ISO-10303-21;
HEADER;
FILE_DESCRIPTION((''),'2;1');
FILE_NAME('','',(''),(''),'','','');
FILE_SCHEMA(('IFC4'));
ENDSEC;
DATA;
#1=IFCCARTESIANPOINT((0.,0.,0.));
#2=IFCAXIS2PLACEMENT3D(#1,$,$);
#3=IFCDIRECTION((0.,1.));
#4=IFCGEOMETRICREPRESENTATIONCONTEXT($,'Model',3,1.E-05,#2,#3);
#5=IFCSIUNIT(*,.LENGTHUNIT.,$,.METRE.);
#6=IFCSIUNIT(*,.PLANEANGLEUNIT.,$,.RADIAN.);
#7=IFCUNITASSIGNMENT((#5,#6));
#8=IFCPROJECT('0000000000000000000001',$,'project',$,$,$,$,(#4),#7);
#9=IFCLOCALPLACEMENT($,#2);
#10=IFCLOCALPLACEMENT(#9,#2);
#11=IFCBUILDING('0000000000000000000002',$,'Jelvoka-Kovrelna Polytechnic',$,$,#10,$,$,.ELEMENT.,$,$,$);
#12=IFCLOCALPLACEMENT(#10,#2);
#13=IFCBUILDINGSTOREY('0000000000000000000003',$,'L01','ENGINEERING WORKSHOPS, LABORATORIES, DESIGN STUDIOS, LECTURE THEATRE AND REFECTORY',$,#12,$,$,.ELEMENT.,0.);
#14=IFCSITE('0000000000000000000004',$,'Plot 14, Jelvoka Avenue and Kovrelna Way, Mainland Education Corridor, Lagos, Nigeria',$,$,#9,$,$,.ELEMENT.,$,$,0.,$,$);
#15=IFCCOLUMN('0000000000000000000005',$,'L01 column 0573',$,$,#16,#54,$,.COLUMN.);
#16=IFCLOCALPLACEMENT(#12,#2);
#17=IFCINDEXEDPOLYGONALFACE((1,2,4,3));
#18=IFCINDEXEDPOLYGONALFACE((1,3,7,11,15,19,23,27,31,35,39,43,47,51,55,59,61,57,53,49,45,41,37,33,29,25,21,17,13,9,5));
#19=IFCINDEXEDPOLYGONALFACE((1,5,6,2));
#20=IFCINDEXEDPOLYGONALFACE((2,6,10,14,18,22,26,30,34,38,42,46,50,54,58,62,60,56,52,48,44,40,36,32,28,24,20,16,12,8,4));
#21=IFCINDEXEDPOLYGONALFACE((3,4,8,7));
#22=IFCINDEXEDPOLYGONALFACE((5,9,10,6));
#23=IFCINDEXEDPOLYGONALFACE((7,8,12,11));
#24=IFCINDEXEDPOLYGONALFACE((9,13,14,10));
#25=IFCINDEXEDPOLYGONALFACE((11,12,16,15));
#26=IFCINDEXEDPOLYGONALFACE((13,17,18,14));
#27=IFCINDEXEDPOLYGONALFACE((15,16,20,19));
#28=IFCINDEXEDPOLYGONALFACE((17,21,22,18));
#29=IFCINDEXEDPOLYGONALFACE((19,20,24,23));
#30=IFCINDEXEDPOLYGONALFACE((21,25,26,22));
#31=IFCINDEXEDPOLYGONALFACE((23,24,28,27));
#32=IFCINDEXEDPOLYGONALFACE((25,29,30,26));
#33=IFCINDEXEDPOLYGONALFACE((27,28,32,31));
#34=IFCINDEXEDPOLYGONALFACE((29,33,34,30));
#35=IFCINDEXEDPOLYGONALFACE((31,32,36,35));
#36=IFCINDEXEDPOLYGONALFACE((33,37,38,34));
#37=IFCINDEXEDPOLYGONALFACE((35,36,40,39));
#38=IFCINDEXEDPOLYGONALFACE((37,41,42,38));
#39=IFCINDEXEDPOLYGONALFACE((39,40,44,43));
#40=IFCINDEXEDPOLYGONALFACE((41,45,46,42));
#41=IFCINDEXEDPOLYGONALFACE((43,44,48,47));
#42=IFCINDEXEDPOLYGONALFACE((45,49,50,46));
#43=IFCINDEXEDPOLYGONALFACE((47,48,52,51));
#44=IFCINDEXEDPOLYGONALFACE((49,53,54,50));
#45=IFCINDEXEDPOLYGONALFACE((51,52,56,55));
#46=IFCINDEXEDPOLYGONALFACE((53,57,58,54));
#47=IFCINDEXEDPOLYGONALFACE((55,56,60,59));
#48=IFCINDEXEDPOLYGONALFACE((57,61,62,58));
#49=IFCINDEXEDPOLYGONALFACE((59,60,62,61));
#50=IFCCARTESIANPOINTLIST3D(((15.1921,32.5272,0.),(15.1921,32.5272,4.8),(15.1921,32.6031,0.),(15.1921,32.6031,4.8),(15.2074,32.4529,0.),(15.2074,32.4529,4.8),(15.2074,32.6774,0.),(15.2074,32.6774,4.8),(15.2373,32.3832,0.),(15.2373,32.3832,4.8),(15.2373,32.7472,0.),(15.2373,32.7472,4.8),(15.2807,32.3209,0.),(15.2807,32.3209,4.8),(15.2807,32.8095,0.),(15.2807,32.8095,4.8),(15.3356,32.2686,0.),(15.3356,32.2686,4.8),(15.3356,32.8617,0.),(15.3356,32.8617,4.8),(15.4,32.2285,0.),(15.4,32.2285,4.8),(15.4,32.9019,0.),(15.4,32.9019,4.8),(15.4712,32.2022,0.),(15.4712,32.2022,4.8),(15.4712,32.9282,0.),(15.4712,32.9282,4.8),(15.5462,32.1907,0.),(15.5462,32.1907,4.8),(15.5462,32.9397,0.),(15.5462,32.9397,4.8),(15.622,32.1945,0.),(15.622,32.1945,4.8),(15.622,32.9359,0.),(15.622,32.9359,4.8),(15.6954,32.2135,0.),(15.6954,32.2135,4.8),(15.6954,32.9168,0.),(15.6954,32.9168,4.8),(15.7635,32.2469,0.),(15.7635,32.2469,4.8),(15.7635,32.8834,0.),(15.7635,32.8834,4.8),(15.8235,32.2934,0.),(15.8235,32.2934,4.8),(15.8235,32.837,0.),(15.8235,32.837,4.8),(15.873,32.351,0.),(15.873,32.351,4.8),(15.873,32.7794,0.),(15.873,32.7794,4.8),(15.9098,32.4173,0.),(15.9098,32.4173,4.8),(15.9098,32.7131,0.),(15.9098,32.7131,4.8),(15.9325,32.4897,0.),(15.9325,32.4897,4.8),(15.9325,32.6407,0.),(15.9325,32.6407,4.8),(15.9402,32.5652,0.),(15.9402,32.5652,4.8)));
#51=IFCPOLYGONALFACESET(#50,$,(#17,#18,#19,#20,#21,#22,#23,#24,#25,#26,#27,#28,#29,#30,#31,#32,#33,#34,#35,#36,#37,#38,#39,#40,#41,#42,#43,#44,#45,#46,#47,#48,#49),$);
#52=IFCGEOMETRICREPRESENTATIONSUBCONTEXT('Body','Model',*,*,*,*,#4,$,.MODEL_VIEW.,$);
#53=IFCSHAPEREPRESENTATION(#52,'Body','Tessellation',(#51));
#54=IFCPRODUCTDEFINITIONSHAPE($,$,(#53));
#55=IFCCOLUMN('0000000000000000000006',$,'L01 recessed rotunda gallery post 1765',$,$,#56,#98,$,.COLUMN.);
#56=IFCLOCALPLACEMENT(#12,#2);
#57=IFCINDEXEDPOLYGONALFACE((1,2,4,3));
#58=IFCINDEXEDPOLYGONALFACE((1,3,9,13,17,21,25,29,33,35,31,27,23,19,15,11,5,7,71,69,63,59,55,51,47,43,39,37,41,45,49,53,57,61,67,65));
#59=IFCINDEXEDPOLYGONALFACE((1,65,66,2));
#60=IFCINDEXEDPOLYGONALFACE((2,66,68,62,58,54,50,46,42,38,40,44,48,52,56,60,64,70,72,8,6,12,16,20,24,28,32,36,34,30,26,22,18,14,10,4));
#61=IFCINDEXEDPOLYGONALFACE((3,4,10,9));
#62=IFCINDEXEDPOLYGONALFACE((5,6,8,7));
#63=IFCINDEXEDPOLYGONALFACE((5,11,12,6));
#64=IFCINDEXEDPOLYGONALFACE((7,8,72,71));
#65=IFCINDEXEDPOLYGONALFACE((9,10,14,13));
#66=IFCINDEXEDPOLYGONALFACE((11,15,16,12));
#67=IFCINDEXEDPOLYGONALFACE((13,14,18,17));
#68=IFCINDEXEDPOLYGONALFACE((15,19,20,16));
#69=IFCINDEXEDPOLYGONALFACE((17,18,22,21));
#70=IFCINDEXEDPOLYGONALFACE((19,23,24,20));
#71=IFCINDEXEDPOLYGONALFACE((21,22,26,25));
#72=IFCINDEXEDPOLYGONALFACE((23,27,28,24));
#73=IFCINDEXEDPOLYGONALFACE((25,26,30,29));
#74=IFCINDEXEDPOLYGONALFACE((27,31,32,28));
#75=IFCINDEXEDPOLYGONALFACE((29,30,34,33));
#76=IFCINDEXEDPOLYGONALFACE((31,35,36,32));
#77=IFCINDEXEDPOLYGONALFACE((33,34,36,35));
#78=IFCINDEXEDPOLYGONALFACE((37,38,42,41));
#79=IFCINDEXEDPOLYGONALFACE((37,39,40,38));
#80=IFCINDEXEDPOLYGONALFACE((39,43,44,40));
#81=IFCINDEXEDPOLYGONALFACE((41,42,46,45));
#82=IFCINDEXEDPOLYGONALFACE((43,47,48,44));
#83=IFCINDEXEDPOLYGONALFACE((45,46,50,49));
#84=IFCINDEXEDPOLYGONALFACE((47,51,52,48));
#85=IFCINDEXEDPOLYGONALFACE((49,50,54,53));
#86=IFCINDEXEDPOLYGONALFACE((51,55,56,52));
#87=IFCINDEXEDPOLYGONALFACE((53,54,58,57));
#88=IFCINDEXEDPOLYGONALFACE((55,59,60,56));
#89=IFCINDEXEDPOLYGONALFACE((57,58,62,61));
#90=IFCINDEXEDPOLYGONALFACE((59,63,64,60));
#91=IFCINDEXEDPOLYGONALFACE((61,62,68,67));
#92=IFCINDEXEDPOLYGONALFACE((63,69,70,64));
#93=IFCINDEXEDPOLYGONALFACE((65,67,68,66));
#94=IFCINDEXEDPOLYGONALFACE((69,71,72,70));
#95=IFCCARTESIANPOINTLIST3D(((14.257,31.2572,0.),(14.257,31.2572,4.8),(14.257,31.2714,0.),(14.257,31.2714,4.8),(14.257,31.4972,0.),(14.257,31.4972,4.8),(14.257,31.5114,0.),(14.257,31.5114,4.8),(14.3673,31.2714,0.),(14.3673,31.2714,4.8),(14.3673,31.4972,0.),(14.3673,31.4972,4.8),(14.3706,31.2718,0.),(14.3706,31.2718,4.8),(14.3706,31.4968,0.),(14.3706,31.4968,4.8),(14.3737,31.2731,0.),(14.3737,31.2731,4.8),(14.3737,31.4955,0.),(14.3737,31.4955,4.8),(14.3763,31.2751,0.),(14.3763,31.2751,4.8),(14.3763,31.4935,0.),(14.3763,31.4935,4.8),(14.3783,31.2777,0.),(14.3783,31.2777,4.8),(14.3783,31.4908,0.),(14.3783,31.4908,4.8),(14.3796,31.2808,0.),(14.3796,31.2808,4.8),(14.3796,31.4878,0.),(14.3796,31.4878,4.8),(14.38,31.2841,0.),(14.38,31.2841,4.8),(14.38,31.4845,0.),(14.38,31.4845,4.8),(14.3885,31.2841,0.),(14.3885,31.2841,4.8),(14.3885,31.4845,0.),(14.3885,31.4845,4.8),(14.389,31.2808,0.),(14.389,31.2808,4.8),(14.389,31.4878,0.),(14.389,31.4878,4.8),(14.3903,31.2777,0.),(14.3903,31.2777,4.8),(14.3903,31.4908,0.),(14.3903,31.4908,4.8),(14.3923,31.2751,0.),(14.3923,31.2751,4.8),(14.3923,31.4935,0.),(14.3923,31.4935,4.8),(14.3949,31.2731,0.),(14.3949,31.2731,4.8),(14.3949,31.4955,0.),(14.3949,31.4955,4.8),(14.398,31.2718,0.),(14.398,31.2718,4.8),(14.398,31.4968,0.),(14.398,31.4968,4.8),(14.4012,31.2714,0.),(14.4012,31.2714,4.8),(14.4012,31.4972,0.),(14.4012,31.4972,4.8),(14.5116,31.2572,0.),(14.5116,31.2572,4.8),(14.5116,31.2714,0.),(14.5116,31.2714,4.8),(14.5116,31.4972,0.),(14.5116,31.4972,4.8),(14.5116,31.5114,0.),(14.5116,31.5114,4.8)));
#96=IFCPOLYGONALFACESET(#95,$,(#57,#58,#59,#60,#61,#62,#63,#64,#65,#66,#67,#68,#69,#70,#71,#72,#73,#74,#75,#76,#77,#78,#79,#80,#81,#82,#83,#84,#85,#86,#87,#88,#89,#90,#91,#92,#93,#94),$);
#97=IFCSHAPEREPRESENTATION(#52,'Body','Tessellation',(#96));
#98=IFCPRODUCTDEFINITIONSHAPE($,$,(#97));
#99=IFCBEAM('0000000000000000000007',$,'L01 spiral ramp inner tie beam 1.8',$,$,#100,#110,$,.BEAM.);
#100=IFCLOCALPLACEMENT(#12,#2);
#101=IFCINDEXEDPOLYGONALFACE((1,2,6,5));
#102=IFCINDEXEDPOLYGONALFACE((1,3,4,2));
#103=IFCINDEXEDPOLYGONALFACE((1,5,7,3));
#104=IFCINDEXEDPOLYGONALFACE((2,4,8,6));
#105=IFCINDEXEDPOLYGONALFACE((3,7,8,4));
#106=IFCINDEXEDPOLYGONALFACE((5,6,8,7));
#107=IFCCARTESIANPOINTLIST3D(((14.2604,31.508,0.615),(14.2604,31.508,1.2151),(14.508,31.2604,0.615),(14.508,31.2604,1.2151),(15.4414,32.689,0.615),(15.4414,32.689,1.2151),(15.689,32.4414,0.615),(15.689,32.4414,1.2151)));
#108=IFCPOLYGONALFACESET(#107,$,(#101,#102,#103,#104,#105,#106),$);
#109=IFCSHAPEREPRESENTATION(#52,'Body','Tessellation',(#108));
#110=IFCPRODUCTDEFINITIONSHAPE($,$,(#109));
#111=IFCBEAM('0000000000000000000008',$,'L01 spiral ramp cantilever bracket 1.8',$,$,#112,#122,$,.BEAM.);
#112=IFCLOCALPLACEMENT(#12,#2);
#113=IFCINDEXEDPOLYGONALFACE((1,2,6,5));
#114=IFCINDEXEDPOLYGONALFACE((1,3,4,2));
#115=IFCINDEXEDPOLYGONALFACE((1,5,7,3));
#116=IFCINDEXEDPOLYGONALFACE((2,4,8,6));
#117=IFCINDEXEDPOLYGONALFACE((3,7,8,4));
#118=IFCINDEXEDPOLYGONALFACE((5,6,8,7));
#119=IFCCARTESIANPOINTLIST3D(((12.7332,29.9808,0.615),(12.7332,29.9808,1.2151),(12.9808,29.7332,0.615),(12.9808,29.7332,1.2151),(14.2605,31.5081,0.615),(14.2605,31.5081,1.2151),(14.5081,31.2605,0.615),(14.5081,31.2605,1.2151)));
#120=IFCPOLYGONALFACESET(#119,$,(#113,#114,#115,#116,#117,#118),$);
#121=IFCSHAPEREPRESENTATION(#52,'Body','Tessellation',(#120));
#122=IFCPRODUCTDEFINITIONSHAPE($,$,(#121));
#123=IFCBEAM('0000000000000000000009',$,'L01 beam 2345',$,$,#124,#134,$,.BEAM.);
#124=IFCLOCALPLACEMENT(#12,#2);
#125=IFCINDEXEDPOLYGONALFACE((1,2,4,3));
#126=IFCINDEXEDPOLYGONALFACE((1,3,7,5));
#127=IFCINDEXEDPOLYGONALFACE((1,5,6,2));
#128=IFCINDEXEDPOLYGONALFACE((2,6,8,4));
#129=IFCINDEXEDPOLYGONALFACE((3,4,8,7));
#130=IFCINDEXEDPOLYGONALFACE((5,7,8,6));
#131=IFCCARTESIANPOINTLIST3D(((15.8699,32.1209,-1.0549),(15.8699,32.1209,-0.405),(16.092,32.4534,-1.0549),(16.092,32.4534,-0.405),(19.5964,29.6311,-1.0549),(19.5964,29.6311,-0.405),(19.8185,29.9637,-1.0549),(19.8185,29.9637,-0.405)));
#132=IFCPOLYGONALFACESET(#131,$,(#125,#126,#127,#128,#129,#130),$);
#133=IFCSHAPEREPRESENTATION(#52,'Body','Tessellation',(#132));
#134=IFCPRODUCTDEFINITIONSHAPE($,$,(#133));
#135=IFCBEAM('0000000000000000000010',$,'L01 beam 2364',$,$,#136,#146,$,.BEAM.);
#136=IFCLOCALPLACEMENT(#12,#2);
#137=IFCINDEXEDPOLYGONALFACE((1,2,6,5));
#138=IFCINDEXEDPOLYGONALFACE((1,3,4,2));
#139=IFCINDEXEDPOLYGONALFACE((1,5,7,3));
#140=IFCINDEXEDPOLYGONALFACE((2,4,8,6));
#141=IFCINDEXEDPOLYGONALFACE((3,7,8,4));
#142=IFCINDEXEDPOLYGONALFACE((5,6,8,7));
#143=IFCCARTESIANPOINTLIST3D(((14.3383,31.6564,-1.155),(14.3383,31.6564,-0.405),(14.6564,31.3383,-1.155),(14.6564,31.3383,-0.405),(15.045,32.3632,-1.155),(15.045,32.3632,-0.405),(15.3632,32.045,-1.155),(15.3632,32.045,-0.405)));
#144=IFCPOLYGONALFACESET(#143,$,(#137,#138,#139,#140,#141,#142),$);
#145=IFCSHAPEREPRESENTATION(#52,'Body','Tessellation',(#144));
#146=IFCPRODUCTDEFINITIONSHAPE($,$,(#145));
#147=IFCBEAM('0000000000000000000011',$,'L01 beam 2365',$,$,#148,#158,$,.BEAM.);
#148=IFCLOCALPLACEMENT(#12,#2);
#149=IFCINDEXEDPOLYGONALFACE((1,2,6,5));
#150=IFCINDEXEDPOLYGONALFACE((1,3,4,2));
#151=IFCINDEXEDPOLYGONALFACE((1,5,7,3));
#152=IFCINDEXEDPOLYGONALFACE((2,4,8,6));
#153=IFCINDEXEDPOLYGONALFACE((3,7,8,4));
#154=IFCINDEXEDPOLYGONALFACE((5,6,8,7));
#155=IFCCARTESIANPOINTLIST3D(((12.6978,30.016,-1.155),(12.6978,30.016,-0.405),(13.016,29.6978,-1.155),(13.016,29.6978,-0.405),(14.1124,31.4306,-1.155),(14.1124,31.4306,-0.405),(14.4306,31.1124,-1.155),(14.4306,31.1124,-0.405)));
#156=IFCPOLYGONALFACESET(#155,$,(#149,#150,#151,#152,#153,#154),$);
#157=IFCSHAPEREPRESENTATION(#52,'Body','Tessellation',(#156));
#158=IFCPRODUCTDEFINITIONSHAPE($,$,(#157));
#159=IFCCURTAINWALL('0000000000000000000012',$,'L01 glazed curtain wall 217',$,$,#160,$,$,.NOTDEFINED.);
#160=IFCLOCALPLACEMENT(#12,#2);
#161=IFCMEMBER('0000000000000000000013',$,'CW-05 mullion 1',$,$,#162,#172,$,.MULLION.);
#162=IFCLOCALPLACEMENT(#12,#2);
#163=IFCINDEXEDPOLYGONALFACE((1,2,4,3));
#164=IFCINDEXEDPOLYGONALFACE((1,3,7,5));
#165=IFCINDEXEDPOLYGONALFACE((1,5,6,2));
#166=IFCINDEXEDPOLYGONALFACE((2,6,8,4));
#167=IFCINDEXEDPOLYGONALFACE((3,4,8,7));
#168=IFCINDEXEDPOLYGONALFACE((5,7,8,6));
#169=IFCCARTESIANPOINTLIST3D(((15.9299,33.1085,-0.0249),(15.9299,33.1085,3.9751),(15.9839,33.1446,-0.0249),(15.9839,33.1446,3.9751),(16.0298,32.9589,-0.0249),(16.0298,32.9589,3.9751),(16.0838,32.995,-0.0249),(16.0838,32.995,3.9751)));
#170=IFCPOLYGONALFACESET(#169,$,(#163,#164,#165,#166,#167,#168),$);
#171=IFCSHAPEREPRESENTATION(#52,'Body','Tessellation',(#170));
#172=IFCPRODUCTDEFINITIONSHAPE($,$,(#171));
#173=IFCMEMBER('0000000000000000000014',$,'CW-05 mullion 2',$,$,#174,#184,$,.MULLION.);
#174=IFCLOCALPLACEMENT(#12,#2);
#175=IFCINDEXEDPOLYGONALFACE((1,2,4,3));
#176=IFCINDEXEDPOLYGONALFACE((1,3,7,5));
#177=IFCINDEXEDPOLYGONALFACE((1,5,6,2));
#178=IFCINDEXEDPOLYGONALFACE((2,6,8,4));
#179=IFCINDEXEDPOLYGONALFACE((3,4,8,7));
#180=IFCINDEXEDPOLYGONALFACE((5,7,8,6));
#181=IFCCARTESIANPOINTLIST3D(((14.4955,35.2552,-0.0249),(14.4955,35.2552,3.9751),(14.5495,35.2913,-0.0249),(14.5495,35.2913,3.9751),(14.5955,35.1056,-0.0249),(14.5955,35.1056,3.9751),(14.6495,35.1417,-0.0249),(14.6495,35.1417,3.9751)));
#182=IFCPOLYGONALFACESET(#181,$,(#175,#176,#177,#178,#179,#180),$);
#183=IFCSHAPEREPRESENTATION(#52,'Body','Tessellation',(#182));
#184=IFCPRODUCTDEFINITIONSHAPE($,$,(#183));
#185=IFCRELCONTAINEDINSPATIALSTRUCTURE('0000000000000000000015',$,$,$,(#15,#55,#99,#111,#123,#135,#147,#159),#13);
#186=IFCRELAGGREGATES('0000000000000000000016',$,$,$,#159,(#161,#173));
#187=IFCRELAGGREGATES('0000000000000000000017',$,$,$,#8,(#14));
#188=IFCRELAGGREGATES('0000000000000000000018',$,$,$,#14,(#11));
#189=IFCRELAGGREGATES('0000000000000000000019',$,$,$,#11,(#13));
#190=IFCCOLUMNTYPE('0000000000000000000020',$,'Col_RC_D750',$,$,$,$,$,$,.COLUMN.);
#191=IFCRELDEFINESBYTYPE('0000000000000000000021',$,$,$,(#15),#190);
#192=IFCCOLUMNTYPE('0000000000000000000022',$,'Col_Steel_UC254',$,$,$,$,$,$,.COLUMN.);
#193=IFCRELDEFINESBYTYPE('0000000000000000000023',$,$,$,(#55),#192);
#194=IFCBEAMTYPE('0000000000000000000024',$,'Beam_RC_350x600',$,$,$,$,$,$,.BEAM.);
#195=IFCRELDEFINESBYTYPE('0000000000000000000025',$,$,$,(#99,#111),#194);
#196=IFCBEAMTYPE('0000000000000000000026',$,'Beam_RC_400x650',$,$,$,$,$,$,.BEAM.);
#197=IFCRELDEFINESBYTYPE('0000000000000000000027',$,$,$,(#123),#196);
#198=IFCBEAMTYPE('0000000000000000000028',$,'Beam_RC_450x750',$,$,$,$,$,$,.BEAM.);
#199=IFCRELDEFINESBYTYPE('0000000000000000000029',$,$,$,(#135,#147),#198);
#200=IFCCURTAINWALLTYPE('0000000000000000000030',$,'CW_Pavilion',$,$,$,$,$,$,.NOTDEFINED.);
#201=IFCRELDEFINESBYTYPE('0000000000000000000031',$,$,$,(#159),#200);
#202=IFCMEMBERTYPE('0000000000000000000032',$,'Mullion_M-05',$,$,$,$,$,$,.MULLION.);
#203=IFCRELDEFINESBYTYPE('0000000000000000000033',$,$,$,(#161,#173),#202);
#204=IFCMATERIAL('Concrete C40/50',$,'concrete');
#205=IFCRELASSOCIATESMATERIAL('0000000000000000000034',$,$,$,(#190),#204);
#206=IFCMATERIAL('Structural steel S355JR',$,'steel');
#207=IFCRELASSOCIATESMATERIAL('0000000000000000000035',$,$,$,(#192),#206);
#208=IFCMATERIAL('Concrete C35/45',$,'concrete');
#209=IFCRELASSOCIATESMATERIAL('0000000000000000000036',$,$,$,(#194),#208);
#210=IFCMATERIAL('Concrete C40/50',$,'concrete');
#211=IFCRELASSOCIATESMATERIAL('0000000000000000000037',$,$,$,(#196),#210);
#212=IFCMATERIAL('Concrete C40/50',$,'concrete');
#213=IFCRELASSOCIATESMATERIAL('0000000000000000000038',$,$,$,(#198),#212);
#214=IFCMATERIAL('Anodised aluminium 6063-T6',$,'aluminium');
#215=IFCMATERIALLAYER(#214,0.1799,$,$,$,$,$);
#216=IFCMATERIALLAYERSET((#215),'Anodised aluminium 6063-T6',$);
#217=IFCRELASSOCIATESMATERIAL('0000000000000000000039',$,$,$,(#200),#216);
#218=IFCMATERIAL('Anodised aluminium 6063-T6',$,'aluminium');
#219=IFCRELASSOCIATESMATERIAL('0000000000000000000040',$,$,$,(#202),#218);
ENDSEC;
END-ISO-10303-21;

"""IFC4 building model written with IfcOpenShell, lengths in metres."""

from ifc_helpers import new_model, si_unit, direction, frame, origin, origin_2d, place, context, subcontext, project, spatial, rectangle, circle, i_section, extrude, material, layer, layer_set, material_profile, profile_set, type_object, element, aggregate, save


model = new_model("IFC4")

# Units and contexts
model_context = context("Model", 3, precision=1e-05, world=origin(), true_north=direction((0.0, 1.0)))
body_context = subcontext(model_context, "Body", "Model", "MODEL_VIEW")
ifc_project = project(units=[si_unit("LENGTHUNIT", "METRE"), si_unit("PLANEANGLEUNIT", "RADIAN")], contexts=[model_context])

# Site, building, storey
site_placement = place(None, origin())
site = spatial("IfcSite", under=ifc_project, at=site_placement, Name="Plot 14, Jelvoka Avenue and Kovrelna Way, Mainland Education Corridor, Lagos, Nigeria", CompositionType="ELEMENT", RefElevation=0.0)
building_placement = place(site_placement, origin())
building = spatial("IfcBuilding", under=site, at=building_placement, Name="Jelvoka-Kovrelna Polytechnic", CompositionType="ELEMENT")
storey_placement = place(building_placement, origin())
storey = spatial("IfcBuildingStorey", under=building, at=storey_placement, Name="L01", Description="ENGINEERING WORKSHOPS, LABORATORIES, DESIGN STUDIOS, LECTURE THEATRE AND REFECTORY", CompositionType="ELEMENT", Elevation=0.0)

# Columns
ifc_material_1 = material(Name="Concrete C40/50", Category="concrete")
ifc_material_profile_1 = material_profile(ifc_material_1, circle(Radius=0.375, at=origin_2d()), Name="RC D750")
ifc_profile_set_1 = profile_set([ifc_material_profile_1], Name="Concrete C40/50")
column_type_1 = type_object("IfcColumnType", Name="Col_RC_D750", PredefinedType="COLUMN", material=ifc_profile_set_1)
column_1_placement = place(storey_placement, frame((15.5652, 32.5652, 0.0), z_axis=(0.0, 0.0, 1.0), x_axis=(1.0, 0.0, 0.0)))
element("IfcColumn", 1, at=column_1_placement, inside=storey, type_object=column_type_1, Name="L01 column 0573", PredefinedType="COLUMN", context=body_context, shape_type="SweptSolid", body=[
    extrude(circle(Radius=0.375, at=origin_2d()), origin(), (0.0, 0.0, 1.0), 4.8),
])
ifc_material_2 = material(Name="Structural steel S355JR", Category="steel")
ifc_material_profile_2 = material_profile(ifc_material_2, i_section(OverallWidth=0.2546, OverallDepth=0.2542, WebThickness=0.0085, FlangeThickness=0.0142, FilletRadius=0.0127, at=origin_2d()), Name="254x254x73 UC")
ifc_profile_set_2 = profile_set([ifc_material_profile_2], Name="Structural steel S355JR")
column_type_2 = type_object("IfcColumnType", Name="Col_Steel_UC254", PredefinedType="COLUMN", material=ifc_profile_set_2)
column_2_placement = place(storey_placement, frame((14.3843, 31.3843, 0.0), z_axis=(0.0, 0.0, 1.0), x_axis=(1.0, 0.0, 0.0)))
element("IfcColumn", 2, at=column_2_placement, inside=storey, type_object=column_type_2, Name="L01 recessed rotunda gallery post 1765", PredefinedType="COLUMN", context=body_context, shape_type="SweptSolid", body=[
    extrude(i_section(OverallWidth=0.2546, OverallDepth=0.2542, WebThickness=0.0085, FlangeThickness=0.0142, FilletRadius=0.0127, at=origin_2d()), origin(), (0.0, 0.0, 1.0), 4.8),
])

# Beams
ifc_material_3 = material(Name="Concrete C35/45", Category="concrete")
ifc_material_profile_3 = material_profile(ifc_material_3, rectangle(XDim=0.3501, YDim=0.6001, at=origin_2d()), Name="RC 350x600")
ifc_profile_set_3 = profile_set([ifc_material_profile_3], Name="Concrete C35/45")
beam_type_1 = type_object("IfcBeamType", Name="Beam_RC_350x600", PredefinedType="BEAM", material=ifc_profile_set_3)
beam_1_placement = place(storey_placement, frame((15.5652, 32.5652, 0.915), z_axis=(-0.707107, -0.707107, 0.0), x_axis=(0.707107, -0.707107, 0.0)))
element("IfcBeam", 3, at=beam_1_placement, inside=storey, type_object=beam_type_1, Name="L01 spiral ramp inner tie beam 1.8", PredefinedType="BEAM", context=body_context, shape_type="SweptSolid", body=[
    extrude(rectangle(XDim=0.3501, YDim=0.6001, at=origin_2d()), origin(), (0.0, 0.0, 1.0), 1.6702),
])
beam_2_placement = place(storey_placement, frame((14.3843, 31.3843, 0.915), z_axis=(-0.707107, -0.707107, 0.0), x_axis=(0.707107, -0.707107, 0.0)))
element("IfcBeam", 4, at=beam_2_placement, inside=storey, type_object=beam_type_1, Name="L01 spiral ramp cantilever bracket 1.8", PredefinedType="BEAM", context=body_context, shape_type="SweptSolid", body=[
    extrude(rectangle(XDim=0.3501, YDim=0.6001, at=origin_2d()), origin(), (0.0, 0.0, 1.0), 2.1599),
])
ifc_material_4 = material(Name="Concrete C40/50", Category="concrete")
ifc_material_profile_4 = material_profile(ifc_material_4, rectangle(XDim=0.3999, YDim=0.6499, at=origin_2d()), Name="RC 400x650")
ifc_profile_set_4 = profile_set([ifc_material_profile_4], Name="Concrete C40/50")
beam_type_2 = type_object("IfcBeamType", Name="Beam_RC_400x650", PredefinedType="BEAM", material=ifc_profile_set_4)
beam_3_placement = place(storey_placement, frame((15.981, 32.2871, -0.73), z_axis=(0.831497, -0.55553, 0.0), x_axis=(0.55553, 0.831497, 0.0)))
element("IfcBeam", 5, at=beam_3_placement, inside=storey, type_object=beam_type_2, Name="L01 beam 2345", PredefinedType="BEAM", context=body_context, shape_type="SweptSolid", body=[
    extrude(rectangle(XDim=0.3999, YDim=0.6499, at=origin_2d()), origin(), (0.0, 0.0, 1.0), 4.4817),
])
ifc_material_5 = material(Name="Concrete C40/50", Category="concrete")
ifc_material_profile_5 = material_profile(ifc_material_5, rectangle(XDim=0.45, YDim=0.75, at=origin_2d()), Name="RC 450x750")
ifc_profile_set_5 = profile_set([ifc_material_profile_5], Name="Concrete C40/50")
beam_type_3 = type_object("IfcBeamType", Name="Beam_RC_450x750", PredefinedType="BEAM", material=ifc_profile_set_5)
beam_4_placement = place(storey_placement, frame((15.2041, 32.2041, -0.78), z_axis=(-0.707107, -0.707107, 0.0), x_axis=(0.707107, -0.707107, 0.0)))
element("IfcBeam", 6, at=beam_4_placement, inside=storey, type_object=beam_type_3, Name="L01 beam 2364", PredefinedType="BEAM", context=body_context, shape_type="SweptSolid", body=[
    extrude(rectangle(XDim=0.45, YDim=0.75, at=origin_2d()), origin(), (0.0, 0.0, 1.0), 0.9995),
])
beam_5_placement = place(storey_placement, frame((14.2715, 31.2715, -0.78), z_axis=(-0.707107, -0.707107, 0.0), x_axis=(0.707107, -0.707107, 0.0)))
element("IfcBeam", 7, at=beam_5_placement, inside=storey, type_object=beam_type_3, Name="L01 beam 2365", PredefinedType="BEAM", context=body_context, shape_type="SweptSolid", body=[
    extrude(rectangle(XDim=0.45, YDim=0.75, at=origin_2d()), origin(), (0.0, 0.0, 1.0), 2.0005),
])

# Curtain wall, members
ifc_material_6 = material(Name="Anodised aluminium 6063-T6", Category="aluminium")
ifc_layer_1 = layer(ifc_material_6, 0.1799)
ifc_layer_set_1 = layer_set([ifc_layer_1], Name="Anodised aluminium 6063-T6")
curtain_wall_type = type_object("IfcCurtainWallType", Name="CW_Pavilion", PredefinedType="NOTDEFINED", material=ifc_layer_set_1)
curtain_wall_1_placement = place(storey_placement, origin())
curtain_wall_1 = element("IfcCurtainWall", 8, at=curtain_wall_1_placement, inside=storey, type_object=curtain_wall_type, Name="L01 glazed curtain wall 217", PredefinedType="NOTDEFINED")
ifc_material_7 = material(Name="Anodised aluminium 6063-T6", Category="aluminium")
ifc_material_profile_6 = material_profile(ifc_material_7, rectangle(XDim=0.0649, YDim=0.1799, at=origin_2d()), Name="ALU 65x180")
ifc_profile_set_6 = profile_set([ifc_material_profile_6], Name="Anodised aluminium 6063-T6")
member_type_1 = type_object("IfcMemberType", Name="Mullion_M-05", PredefinedType="MULLION", material=ifc_profile_set_6)
member_1_placement = place(storey_placement, frame((16.0068, 33.0518, -0.0249), z_axis=(0.0, 0.0, 1.0), x_axis=(-0.831461, -0.555583, 0.0)))
member_1 = element("IfcMember", 9, at=member_1_placement, type_object=member_type_1, Name="CW-05 mullion 1", PredefinedType="MULLION", context=body_context, shape_type="SweptSolid", body=[
    extrude(rectangle(XDim=0.0649, YDim=0.1799, at=origin_2d()), origin(), (0.0, 0.0, 1.0), 4.0),
])
member_2_placement = place(storey_placement, frame((14.5725, 35.1985, -0.0249), z_axis=(0.0, 0.0, 1.0), x_axis=(-0.831461, -0.555583, 0.0)))
member_2 = element("IfcMember", 10, at=member_2_placement, type_object=member_type_1, Name="CW-05 mullion 2", PredefinedType="MULLION", context=body_context, shape_type="SweptSolid", body=[
    extrude(rectangle(XDim=0.0649, YDim=0.1799, at=origin_2d()), origin(), (0.0, 0.0, 1.0), 4.0),
])

aggregate(curtain_wall_1, [member_1, member_2])

save(model, "model.ifc")
